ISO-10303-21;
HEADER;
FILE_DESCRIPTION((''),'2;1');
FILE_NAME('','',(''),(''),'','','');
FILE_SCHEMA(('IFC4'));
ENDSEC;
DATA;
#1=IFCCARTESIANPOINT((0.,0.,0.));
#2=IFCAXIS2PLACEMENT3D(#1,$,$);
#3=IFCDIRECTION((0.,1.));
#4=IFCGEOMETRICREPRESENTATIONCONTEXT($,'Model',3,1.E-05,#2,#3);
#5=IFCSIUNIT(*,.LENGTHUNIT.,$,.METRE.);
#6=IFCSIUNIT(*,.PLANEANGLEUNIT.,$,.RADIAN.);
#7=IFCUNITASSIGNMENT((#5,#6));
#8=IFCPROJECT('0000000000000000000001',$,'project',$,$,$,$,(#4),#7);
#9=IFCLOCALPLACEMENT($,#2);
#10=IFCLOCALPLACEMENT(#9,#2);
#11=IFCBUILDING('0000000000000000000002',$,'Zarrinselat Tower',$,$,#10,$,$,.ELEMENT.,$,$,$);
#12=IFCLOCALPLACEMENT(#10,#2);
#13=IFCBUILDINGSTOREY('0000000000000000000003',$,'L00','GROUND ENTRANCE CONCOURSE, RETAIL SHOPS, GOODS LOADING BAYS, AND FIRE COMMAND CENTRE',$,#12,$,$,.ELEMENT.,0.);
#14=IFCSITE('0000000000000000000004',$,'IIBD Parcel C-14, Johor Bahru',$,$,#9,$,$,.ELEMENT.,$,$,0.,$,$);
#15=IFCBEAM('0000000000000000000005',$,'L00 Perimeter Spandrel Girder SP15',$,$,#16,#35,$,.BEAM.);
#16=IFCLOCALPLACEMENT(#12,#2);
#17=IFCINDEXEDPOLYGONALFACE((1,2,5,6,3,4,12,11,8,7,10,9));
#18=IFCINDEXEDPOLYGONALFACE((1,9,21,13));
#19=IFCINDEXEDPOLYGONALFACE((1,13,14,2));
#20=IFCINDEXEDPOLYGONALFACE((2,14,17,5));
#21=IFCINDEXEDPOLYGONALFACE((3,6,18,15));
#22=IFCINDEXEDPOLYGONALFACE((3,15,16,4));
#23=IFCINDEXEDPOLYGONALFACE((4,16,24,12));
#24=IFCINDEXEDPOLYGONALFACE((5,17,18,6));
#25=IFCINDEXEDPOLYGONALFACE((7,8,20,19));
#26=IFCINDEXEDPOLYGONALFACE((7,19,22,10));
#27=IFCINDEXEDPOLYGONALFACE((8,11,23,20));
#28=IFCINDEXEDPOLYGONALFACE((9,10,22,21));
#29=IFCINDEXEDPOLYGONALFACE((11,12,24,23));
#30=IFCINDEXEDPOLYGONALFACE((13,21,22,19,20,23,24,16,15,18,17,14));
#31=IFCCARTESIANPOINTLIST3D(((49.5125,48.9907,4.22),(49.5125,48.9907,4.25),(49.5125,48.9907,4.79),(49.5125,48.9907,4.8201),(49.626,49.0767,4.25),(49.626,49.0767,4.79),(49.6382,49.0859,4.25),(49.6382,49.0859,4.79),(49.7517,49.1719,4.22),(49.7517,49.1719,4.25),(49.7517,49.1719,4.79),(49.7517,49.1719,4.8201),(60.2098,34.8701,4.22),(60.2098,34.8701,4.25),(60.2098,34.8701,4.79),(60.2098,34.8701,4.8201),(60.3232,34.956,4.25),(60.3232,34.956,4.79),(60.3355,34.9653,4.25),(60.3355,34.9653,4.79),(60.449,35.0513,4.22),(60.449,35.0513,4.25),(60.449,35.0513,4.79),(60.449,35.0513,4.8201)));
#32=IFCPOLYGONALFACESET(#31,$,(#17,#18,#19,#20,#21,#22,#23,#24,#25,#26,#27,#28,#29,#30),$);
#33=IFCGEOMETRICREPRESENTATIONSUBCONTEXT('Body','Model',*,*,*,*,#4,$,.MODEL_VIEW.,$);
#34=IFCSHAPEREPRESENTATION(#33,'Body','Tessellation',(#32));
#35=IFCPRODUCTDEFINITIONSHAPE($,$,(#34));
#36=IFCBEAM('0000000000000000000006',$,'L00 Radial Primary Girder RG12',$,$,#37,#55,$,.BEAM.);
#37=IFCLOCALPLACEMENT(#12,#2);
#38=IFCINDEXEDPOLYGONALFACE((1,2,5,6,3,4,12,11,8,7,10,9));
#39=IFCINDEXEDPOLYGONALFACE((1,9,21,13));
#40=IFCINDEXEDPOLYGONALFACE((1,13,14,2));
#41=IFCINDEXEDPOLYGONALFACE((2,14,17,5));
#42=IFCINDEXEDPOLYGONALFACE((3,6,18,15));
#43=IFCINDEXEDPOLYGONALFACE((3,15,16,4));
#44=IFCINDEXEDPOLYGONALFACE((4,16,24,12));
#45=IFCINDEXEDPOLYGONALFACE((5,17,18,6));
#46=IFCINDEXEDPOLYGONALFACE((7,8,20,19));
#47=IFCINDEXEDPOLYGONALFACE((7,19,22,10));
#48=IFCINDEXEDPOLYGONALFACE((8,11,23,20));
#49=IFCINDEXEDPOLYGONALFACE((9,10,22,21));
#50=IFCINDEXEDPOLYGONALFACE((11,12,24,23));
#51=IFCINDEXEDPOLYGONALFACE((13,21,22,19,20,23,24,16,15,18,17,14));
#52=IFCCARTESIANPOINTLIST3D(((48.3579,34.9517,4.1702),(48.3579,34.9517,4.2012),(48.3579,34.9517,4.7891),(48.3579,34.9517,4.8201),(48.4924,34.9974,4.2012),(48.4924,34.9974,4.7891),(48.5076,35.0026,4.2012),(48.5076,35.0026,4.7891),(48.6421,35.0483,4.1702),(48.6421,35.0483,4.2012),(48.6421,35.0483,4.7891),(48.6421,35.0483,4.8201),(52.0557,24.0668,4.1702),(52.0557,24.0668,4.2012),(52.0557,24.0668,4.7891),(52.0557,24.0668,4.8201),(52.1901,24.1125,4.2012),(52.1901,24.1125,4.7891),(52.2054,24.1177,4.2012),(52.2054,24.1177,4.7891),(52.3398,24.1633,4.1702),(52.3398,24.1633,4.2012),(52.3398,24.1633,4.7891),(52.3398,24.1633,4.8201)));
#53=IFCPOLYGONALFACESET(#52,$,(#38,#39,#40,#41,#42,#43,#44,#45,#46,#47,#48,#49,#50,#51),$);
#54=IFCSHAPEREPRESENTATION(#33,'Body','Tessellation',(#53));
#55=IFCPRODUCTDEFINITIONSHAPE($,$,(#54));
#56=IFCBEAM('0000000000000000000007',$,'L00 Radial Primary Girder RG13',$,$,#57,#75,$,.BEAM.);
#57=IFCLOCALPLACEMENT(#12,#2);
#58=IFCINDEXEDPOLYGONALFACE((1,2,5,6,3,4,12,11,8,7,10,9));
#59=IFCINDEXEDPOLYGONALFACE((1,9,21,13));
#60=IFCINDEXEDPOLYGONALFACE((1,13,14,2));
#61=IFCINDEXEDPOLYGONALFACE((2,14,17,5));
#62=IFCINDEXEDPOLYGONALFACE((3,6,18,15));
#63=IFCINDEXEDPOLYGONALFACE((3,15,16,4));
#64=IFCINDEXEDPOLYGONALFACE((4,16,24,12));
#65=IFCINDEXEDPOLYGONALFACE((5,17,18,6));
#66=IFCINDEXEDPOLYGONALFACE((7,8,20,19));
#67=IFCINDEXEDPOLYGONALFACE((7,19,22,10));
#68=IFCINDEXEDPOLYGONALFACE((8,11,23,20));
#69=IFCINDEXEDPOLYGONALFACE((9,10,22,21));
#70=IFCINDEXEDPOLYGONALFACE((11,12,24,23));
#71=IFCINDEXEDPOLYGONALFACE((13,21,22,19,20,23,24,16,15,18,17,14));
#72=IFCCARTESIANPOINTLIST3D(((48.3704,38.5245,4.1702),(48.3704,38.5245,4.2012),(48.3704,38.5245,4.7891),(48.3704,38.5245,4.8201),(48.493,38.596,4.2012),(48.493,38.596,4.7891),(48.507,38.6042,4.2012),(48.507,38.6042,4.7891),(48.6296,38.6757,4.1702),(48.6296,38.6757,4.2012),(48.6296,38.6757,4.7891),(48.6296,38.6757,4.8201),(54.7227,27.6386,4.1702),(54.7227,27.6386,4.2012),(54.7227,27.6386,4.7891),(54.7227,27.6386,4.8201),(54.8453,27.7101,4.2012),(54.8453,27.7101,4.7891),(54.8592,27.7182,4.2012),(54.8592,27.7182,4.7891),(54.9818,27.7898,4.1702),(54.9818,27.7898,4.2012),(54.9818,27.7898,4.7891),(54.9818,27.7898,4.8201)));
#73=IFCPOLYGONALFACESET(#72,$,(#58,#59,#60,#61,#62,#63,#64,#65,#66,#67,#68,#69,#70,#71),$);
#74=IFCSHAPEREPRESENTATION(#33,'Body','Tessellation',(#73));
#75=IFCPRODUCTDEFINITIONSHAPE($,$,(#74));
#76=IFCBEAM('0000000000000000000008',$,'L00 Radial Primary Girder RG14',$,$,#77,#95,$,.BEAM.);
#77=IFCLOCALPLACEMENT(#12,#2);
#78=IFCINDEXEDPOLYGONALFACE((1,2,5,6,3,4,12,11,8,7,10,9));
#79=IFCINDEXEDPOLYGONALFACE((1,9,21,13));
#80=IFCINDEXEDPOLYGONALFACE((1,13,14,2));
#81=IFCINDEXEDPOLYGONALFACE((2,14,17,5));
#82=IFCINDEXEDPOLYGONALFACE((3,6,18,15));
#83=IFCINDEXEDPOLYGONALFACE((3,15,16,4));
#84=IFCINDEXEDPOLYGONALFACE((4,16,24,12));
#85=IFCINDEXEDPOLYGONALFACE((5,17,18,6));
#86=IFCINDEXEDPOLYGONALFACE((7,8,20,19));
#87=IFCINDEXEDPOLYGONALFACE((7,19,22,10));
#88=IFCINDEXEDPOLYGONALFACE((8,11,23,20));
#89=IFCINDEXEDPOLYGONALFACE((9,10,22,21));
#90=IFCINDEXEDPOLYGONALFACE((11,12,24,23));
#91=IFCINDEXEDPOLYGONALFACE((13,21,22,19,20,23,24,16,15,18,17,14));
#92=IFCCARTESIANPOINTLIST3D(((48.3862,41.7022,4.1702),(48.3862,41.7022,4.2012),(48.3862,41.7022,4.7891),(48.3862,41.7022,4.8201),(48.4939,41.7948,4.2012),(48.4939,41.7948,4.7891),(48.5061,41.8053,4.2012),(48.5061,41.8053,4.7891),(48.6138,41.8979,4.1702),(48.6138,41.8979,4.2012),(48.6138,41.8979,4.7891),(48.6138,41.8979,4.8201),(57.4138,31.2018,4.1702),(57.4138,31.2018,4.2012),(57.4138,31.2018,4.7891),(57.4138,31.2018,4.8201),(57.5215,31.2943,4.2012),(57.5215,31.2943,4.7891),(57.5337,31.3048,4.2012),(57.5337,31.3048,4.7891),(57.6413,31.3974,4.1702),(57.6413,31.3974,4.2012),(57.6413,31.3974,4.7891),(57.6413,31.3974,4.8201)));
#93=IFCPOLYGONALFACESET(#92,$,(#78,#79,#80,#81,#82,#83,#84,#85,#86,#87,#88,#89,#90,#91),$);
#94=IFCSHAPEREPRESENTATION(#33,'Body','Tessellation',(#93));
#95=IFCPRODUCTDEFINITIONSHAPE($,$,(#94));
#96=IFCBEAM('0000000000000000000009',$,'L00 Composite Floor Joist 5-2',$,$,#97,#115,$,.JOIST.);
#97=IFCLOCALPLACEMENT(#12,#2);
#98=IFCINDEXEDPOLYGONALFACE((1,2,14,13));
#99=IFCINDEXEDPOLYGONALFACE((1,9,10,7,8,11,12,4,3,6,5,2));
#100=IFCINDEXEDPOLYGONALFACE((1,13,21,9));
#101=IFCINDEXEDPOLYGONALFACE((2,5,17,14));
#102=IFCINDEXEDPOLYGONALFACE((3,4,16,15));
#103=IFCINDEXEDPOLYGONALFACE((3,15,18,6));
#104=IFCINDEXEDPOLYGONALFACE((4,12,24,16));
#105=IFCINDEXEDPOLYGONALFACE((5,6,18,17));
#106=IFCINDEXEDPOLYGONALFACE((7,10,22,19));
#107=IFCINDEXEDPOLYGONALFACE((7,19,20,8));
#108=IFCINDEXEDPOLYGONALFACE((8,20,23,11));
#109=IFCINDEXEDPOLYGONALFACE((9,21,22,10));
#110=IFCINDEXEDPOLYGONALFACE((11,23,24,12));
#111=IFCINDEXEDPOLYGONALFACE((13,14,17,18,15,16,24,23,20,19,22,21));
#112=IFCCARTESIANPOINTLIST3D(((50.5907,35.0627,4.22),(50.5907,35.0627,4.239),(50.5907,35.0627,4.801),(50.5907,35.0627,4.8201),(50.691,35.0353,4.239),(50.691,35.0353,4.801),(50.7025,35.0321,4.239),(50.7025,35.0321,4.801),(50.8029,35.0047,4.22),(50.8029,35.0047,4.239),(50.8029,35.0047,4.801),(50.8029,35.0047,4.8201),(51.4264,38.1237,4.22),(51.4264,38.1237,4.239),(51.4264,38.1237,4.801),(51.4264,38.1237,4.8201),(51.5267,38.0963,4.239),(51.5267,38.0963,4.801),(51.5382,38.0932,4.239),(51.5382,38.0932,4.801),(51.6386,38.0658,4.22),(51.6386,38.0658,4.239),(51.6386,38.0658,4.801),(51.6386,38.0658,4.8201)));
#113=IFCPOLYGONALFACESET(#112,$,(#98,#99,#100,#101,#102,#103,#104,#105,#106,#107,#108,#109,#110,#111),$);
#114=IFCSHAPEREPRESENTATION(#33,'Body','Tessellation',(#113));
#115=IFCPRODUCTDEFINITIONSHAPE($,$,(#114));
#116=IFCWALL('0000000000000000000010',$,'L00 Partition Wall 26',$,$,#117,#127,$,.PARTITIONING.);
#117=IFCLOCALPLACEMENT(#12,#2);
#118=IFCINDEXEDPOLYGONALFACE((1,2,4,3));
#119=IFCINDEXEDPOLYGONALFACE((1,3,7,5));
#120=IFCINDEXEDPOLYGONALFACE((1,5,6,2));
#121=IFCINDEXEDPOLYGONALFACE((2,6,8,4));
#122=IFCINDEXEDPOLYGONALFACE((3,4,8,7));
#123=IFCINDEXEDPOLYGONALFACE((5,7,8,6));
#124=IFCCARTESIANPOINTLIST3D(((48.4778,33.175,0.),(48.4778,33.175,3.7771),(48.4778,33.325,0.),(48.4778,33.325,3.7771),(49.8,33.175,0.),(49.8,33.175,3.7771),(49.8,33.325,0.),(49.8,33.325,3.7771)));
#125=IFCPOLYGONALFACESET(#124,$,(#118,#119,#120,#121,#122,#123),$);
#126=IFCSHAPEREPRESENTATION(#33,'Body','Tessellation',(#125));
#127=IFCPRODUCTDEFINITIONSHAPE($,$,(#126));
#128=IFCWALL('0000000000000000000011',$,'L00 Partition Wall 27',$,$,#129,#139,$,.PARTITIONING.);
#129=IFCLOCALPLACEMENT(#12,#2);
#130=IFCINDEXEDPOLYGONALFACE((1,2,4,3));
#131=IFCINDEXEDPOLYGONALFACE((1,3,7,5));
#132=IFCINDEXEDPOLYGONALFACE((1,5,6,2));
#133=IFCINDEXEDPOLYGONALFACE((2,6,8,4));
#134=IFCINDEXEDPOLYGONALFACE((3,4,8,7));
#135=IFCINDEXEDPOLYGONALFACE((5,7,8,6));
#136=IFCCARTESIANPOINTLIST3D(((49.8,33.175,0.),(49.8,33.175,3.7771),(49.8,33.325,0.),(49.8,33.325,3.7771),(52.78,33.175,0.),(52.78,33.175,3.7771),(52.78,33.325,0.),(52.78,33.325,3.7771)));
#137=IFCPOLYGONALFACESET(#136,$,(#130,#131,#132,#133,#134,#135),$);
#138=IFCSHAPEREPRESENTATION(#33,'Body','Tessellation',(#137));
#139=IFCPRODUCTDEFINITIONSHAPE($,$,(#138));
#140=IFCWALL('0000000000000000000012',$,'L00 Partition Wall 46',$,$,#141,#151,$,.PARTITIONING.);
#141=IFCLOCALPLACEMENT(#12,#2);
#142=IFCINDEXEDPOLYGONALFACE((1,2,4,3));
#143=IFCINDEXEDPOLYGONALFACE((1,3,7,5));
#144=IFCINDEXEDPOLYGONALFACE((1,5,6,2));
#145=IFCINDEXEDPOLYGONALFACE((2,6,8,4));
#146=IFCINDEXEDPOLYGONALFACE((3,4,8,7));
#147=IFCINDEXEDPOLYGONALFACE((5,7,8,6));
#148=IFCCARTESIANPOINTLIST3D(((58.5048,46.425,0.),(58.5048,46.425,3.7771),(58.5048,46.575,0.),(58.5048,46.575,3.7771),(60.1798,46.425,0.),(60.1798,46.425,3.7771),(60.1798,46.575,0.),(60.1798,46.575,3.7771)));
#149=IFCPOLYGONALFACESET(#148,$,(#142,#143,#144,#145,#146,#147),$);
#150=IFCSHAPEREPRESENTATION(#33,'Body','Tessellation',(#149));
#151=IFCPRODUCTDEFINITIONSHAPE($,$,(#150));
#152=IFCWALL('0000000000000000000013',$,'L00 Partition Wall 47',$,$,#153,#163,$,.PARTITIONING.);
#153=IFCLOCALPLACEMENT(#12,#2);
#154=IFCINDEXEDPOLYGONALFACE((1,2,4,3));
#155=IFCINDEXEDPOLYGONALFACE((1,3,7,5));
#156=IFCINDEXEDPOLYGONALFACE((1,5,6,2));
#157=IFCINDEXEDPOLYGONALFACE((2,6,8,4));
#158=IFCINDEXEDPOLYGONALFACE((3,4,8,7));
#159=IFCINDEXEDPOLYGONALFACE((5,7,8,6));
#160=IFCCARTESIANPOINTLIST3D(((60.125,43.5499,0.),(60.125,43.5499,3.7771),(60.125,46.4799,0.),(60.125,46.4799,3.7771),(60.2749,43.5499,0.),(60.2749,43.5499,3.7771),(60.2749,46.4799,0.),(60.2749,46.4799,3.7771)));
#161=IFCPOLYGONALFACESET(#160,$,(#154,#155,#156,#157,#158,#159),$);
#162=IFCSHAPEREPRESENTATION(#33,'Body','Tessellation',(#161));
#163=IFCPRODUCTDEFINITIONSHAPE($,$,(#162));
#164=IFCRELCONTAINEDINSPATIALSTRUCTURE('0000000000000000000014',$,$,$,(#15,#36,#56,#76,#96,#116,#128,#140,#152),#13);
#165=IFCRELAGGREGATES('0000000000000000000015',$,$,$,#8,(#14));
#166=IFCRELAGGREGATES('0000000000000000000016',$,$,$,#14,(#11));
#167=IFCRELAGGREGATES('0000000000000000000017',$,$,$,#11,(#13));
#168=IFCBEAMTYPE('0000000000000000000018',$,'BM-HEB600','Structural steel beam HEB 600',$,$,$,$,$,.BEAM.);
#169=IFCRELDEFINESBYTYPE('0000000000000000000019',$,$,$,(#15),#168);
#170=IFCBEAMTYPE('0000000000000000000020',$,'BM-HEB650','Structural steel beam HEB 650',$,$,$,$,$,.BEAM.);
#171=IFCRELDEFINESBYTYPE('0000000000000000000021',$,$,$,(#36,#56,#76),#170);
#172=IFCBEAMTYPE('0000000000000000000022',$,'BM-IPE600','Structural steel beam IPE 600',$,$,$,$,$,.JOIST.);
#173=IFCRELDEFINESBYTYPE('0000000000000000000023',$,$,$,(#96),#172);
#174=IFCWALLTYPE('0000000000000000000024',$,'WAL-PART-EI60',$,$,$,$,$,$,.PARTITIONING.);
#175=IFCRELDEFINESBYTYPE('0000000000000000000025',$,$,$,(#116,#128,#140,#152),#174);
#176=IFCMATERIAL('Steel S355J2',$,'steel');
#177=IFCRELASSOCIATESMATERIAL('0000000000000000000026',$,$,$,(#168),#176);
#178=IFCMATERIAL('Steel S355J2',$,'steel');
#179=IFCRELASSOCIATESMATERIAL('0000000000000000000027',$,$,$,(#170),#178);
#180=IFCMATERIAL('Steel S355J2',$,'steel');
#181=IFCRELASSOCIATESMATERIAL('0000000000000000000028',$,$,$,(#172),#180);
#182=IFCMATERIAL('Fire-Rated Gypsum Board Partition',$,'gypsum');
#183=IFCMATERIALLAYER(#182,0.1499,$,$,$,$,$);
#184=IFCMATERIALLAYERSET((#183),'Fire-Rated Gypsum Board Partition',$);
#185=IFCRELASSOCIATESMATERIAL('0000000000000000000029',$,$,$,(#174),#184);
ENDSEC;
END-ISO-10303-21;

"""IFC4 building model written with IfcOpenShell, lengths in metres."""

from ifc_helpers import new_model, si_unit, direction, frame, frame_2d, origin, origin_2d, place, context, subcontext, project, spatial, rectangle, i_section, extrude, material, layer, layer_set, material_profile, profile_set, type_object, element, save


model = new_model("IFC4")

# Units and contexts
model_context = context("Model", 3, precision=1e-05, world=origin(), true_north=direction((0.0, 1.0)))
body_context = subcontext(model_context, "Body", "Model", "MODEL_VIEW")
ifc_project = project(units=[si_unit("LENGTHUNIT", "METRE"), si_unit("PLANEANGLEUNIT", "RADIAN")], contexts=[model_context])

# Site, building, storey
site_placement = place(None, origin())
site = spatial("IfcSite", under=ifc_project, at=site_placement, Name="IIBD Parcel C-14, Johor Bahru", CompositionType="ELEMENT", RefElevation=0.0)
building_placement = place(site_placement, origin())
building = spatial("IfcBuilding", under=site, at=building_placement, Name="Zarrinselat Tower", CompositionType="ELEMENT")
storey_placement = place(building_placement, origin())
storey = spatial("IfcBuildingStorey", under=building, at=storey_placement, Name="L00", Description="GROUND ENTRANCE CONCOURSE, RETAIL SHOPS, GOODS LOADING BAYS, AND FIRE COMMAND CENTRE", CompositionType="ELEMENT", Elevation=0.0)

# Beams
ifc_material_1 = material(Name="Steel S355J2", Category="steel")
ifc_material_profile_1 = material_profile(ifc_material_1, i_section(OverallWidth=0.3, OverallDepth=0.6001, WebThickness=0.0154, FlangeThickness=0.03, at=origin_2d()), Name="HEB 600")
ifc_profile_set_1 = profile_set([ifc_material_profile_1], Name="Steel S355J2")
beam_type_1 = type_object("IfcBeamType", Name="BM-HEB600", Description="Structural steel beam HEB 600", PredefinedType="BEAM", material=ifc_profile_set_1)
beam_1_placement = place(storey_placement, frame((49.6321, 49.0813, 4.52), z_axis=(0.603852, -0.797097, 0.0), x_axis=(0.797097, 0.603852, 0.0)))
element("IfcBeam", 1, at=beam_1_placement, inside=storey, type_object=beam_type_1, Name="L00 Perimeter Spandrel Girder SP15", PredefinedType="BEAM", context=body_context, shape_type="SweptSolid", body=[
    extrude(i_section(OverallWidth=0.3, OverallDepth=0.6001, WebThickness=0.0154, FlangeThickness=0.03, at=origin_2d()), origin(), (0.0, 0.0, 1.0), 17.7151),
])
ifc_material_2 = material(Name="Steel S355J2", Category="steel")
ifc_material_profile_2 = material_profile(ifc_material_2, i_section(OverallWidth=0.3, OverallDepth=0.6499, WebThickness=0.0161, FlangeThickness=0.031, at=origin_2d()), Name="HEB 650")
ifc_profile_set_2 = profile_set([ifc_material_profile_2], Name="Steel S355J2")
beam_type_2 = type_object("IfcBeamType", Name="BM-HEB650", Description="Structural steel beam HEB 650", PredefinedType="BEAM", material=ifc_profile_set_2)
beam_2_placement = place(storey_placement, frame((48.5, 35.0, 4.4951), z_axis=(0.321657, -0.946856, 0.0), x_axis=(0.946856, 0.321657, 0.0)))
element("IfcBeam", 2, at=beam_2_placement, inside=storey, type_object=beam_type_2, Name="L00 Radial Primary Girder RG12", PredefinedType="BEAM", context=body_context, shape_type="SweptSolid", body=[
    extrude(i_section(OverallWidth=0.3, OverallDepth=0.6499, WebThickness=0.0161, FlangeThickness=0.031, at=origin_2d()), origin(), (0.0, 0.0, 1.0), 11.4958),
])
beam_3_placement = place(storey_placement, frame((48.5, 38.6001, 4.4951), z_axis=(0.503997, -0.863705, 0.0), x_axis=(0.863705, 0.503997, 0.0)))
element("IfcBeam", 3, at=beam_3_placement, inside=storey, type_object=beam_type_2, Name="L00 Radial Primary Girder RG13", PredefinedType="BEAM", context=body_context, shape_type="SweptSolid", body=[
    extrude(i_section(OverallWidth=0.3, OverallDepth=0.6499, WebThickness=0.0161, FlangeThickness=0.031, at=origin_2d()), origin(), (0.0, 0.0, 1.0), 12.6038),
])
beam_4_placement = place(storey_placement, frame((48.5, 41.8, 4.4951), z_axis=(0.651922, -0.758286, 0.0), x_axis=(0.758286, 0.651922, 0.0)))
element("IfcBeam", 4, at=beam_4_placement, inside=storey, type_object=beam_type_2, Name="L00 Radial Primary Girder RG14", PredefinedType="BEAM", context=body_context, shape_type="SweptSolid", body=[
    extrude(i_section(OverallWidth=0.3, OverallDepth=0.6499, WebThickness=0.0161, FlangeThickness=0.031, at=origin_2d()), origin(), (0.0, 0.0, 1.0), 13.8477),
])
ifc_material_3 = material(Name="Steel S355J2", Category="steel")
ifc_material_profile_3 = material_profile(ifc_material_3, i_section(OverallWidth=0.22, OverallDepth=0.6001, WebThickness=0.012, FlangeThickness=0.019, at=origin_2d()), Name="IPE 600")
ifc_profile_set_3 = profile_set([ifc_material_profile_3], Name="Steel S355J2")
beam_type_3 = type_object("IfcBeamType", Name="BM-IPE600", Description="Structural steel beam IPE 600", PredefinedType="JOIST", material=ifc_profile_set_3)
beam_5_placement = place(storey_placement, frame((50.6968, 35.0337, 4.52), z_axis=(0.263371, 0.964695, 0.0), x_axis=(-0.964695, 0.263371, 0.0)))
element("IfcBeam", 5, at=beam_5_placement, inside=storey, type_object=beam_type_3, Name="L00 Composite Floor Joist 5-2", PredefinedType="JOIST", context=body_context, shape_type="SweptSolid", body=[
    extrude(i_section(OverallWidth=0.22, OverallDepth=0.6001, WebThickness=0.012, FlangeThickness=0.019, at=origin_2d()), origin(), (0.0, 0.0, 1.0), 3.1731),
])

# Walls
ifc_material_4 = material(Name="Fire-Rated Gypsum Board Partition", Category="gypsum")
ifc_layer_1 = layer(ifc_material_4, 0.1499)
ifc_layer_set_1 = layer_set([ifc_layer_1], Name="Fire-Rated Gypsum Board Partition")
wall_type_1 = type_object("IfcWallType", Name="WAL-PART-EI60", PredefinedType="PARTITIONING", material=ifc_layer_set_1)
wall_1_placement = place(storey_placement, frame((48.4778, 33.25, 0.0), z_axis=(0.0, 0.0, 1.0), x_axis=(1.0, 0.0, 0.0)))
element("IfcWall", 6, at=wall_1_placement, inside=storey, type_object=wall_type_1, Name="L00 Partition Wall 26", PredefinedType="PARTITIONING", context=body_context, shape_type="SweptSolid", body=[
    extrude(rectangle(XDim=1.3223, YDim=0.1499, at=frame_2d((0.6611, 0.0))), origin(), (0.0, 0.0, 1.0), 3.7771),
])
wall_2_placement = place(storey_placement, frame((49.8, 33.25, 0.0), z_axis=(0.0, 0.0, 1.0), x_axis=(1.0, 0.0, 0.0)))
element("IfcWall", 7, at=wall_2_placement, inside=storey, type_object=wall_type_1, Name="L00 Partition Wall 27", PredefinedType="PARTITIONING", context=body_context, shape_type="SweptSolid", body=[
    extrude(rectangle(XDim=2.98, YDim=0.1499, at=frame_2d((1.49, 0.0))), origin(), (0.0, 0.0, 1.0), 3.7771),
])
wall_3_placement = place(storey_placement, frame((58.5049, 46.5, 0.0), z_axis=(0.0, 0.0, 1.0), x_axis=(1.0, 0.0, 0.0)))
element("IfcWall", 8, at=wall_3_placement, inside=storey, type_object=wall_type_1, Name="L00 Partition Wall 46", PredefinedType="PARTITIONING", context=body_context, shape_type="SweptSolid", body=[
    extrude(rectangle(XDim=1.675, YDim=0.1499, at=frame_2d((0.8374, 0.0))), origin(), (0.0, 0.0, 1.0), 3.7771),
])
wall_4_placement = place(storey_placement, frame((60.2, 43.55, 0.0), z_axis=(0.0, 0.0, 1.0), x_axis=(0.0, 1.0, 0.0)))
element("IfcWall", 9, at=wall_4_placement, inside=storey, type_object=wall_type_1, Name="L00 Partition Wall 47", PredefinedType="PARTITIONING", context=body_context, shape_type="SweptSolid", body=[
    extrude(rectangle(XDim=2.9299, YDim=0.1499, at=frame_2d((1.4648, 0.0))), origin(), (0.0, 0.0, 1.0), 3.7771),
])

save(model, "model.ifc")
